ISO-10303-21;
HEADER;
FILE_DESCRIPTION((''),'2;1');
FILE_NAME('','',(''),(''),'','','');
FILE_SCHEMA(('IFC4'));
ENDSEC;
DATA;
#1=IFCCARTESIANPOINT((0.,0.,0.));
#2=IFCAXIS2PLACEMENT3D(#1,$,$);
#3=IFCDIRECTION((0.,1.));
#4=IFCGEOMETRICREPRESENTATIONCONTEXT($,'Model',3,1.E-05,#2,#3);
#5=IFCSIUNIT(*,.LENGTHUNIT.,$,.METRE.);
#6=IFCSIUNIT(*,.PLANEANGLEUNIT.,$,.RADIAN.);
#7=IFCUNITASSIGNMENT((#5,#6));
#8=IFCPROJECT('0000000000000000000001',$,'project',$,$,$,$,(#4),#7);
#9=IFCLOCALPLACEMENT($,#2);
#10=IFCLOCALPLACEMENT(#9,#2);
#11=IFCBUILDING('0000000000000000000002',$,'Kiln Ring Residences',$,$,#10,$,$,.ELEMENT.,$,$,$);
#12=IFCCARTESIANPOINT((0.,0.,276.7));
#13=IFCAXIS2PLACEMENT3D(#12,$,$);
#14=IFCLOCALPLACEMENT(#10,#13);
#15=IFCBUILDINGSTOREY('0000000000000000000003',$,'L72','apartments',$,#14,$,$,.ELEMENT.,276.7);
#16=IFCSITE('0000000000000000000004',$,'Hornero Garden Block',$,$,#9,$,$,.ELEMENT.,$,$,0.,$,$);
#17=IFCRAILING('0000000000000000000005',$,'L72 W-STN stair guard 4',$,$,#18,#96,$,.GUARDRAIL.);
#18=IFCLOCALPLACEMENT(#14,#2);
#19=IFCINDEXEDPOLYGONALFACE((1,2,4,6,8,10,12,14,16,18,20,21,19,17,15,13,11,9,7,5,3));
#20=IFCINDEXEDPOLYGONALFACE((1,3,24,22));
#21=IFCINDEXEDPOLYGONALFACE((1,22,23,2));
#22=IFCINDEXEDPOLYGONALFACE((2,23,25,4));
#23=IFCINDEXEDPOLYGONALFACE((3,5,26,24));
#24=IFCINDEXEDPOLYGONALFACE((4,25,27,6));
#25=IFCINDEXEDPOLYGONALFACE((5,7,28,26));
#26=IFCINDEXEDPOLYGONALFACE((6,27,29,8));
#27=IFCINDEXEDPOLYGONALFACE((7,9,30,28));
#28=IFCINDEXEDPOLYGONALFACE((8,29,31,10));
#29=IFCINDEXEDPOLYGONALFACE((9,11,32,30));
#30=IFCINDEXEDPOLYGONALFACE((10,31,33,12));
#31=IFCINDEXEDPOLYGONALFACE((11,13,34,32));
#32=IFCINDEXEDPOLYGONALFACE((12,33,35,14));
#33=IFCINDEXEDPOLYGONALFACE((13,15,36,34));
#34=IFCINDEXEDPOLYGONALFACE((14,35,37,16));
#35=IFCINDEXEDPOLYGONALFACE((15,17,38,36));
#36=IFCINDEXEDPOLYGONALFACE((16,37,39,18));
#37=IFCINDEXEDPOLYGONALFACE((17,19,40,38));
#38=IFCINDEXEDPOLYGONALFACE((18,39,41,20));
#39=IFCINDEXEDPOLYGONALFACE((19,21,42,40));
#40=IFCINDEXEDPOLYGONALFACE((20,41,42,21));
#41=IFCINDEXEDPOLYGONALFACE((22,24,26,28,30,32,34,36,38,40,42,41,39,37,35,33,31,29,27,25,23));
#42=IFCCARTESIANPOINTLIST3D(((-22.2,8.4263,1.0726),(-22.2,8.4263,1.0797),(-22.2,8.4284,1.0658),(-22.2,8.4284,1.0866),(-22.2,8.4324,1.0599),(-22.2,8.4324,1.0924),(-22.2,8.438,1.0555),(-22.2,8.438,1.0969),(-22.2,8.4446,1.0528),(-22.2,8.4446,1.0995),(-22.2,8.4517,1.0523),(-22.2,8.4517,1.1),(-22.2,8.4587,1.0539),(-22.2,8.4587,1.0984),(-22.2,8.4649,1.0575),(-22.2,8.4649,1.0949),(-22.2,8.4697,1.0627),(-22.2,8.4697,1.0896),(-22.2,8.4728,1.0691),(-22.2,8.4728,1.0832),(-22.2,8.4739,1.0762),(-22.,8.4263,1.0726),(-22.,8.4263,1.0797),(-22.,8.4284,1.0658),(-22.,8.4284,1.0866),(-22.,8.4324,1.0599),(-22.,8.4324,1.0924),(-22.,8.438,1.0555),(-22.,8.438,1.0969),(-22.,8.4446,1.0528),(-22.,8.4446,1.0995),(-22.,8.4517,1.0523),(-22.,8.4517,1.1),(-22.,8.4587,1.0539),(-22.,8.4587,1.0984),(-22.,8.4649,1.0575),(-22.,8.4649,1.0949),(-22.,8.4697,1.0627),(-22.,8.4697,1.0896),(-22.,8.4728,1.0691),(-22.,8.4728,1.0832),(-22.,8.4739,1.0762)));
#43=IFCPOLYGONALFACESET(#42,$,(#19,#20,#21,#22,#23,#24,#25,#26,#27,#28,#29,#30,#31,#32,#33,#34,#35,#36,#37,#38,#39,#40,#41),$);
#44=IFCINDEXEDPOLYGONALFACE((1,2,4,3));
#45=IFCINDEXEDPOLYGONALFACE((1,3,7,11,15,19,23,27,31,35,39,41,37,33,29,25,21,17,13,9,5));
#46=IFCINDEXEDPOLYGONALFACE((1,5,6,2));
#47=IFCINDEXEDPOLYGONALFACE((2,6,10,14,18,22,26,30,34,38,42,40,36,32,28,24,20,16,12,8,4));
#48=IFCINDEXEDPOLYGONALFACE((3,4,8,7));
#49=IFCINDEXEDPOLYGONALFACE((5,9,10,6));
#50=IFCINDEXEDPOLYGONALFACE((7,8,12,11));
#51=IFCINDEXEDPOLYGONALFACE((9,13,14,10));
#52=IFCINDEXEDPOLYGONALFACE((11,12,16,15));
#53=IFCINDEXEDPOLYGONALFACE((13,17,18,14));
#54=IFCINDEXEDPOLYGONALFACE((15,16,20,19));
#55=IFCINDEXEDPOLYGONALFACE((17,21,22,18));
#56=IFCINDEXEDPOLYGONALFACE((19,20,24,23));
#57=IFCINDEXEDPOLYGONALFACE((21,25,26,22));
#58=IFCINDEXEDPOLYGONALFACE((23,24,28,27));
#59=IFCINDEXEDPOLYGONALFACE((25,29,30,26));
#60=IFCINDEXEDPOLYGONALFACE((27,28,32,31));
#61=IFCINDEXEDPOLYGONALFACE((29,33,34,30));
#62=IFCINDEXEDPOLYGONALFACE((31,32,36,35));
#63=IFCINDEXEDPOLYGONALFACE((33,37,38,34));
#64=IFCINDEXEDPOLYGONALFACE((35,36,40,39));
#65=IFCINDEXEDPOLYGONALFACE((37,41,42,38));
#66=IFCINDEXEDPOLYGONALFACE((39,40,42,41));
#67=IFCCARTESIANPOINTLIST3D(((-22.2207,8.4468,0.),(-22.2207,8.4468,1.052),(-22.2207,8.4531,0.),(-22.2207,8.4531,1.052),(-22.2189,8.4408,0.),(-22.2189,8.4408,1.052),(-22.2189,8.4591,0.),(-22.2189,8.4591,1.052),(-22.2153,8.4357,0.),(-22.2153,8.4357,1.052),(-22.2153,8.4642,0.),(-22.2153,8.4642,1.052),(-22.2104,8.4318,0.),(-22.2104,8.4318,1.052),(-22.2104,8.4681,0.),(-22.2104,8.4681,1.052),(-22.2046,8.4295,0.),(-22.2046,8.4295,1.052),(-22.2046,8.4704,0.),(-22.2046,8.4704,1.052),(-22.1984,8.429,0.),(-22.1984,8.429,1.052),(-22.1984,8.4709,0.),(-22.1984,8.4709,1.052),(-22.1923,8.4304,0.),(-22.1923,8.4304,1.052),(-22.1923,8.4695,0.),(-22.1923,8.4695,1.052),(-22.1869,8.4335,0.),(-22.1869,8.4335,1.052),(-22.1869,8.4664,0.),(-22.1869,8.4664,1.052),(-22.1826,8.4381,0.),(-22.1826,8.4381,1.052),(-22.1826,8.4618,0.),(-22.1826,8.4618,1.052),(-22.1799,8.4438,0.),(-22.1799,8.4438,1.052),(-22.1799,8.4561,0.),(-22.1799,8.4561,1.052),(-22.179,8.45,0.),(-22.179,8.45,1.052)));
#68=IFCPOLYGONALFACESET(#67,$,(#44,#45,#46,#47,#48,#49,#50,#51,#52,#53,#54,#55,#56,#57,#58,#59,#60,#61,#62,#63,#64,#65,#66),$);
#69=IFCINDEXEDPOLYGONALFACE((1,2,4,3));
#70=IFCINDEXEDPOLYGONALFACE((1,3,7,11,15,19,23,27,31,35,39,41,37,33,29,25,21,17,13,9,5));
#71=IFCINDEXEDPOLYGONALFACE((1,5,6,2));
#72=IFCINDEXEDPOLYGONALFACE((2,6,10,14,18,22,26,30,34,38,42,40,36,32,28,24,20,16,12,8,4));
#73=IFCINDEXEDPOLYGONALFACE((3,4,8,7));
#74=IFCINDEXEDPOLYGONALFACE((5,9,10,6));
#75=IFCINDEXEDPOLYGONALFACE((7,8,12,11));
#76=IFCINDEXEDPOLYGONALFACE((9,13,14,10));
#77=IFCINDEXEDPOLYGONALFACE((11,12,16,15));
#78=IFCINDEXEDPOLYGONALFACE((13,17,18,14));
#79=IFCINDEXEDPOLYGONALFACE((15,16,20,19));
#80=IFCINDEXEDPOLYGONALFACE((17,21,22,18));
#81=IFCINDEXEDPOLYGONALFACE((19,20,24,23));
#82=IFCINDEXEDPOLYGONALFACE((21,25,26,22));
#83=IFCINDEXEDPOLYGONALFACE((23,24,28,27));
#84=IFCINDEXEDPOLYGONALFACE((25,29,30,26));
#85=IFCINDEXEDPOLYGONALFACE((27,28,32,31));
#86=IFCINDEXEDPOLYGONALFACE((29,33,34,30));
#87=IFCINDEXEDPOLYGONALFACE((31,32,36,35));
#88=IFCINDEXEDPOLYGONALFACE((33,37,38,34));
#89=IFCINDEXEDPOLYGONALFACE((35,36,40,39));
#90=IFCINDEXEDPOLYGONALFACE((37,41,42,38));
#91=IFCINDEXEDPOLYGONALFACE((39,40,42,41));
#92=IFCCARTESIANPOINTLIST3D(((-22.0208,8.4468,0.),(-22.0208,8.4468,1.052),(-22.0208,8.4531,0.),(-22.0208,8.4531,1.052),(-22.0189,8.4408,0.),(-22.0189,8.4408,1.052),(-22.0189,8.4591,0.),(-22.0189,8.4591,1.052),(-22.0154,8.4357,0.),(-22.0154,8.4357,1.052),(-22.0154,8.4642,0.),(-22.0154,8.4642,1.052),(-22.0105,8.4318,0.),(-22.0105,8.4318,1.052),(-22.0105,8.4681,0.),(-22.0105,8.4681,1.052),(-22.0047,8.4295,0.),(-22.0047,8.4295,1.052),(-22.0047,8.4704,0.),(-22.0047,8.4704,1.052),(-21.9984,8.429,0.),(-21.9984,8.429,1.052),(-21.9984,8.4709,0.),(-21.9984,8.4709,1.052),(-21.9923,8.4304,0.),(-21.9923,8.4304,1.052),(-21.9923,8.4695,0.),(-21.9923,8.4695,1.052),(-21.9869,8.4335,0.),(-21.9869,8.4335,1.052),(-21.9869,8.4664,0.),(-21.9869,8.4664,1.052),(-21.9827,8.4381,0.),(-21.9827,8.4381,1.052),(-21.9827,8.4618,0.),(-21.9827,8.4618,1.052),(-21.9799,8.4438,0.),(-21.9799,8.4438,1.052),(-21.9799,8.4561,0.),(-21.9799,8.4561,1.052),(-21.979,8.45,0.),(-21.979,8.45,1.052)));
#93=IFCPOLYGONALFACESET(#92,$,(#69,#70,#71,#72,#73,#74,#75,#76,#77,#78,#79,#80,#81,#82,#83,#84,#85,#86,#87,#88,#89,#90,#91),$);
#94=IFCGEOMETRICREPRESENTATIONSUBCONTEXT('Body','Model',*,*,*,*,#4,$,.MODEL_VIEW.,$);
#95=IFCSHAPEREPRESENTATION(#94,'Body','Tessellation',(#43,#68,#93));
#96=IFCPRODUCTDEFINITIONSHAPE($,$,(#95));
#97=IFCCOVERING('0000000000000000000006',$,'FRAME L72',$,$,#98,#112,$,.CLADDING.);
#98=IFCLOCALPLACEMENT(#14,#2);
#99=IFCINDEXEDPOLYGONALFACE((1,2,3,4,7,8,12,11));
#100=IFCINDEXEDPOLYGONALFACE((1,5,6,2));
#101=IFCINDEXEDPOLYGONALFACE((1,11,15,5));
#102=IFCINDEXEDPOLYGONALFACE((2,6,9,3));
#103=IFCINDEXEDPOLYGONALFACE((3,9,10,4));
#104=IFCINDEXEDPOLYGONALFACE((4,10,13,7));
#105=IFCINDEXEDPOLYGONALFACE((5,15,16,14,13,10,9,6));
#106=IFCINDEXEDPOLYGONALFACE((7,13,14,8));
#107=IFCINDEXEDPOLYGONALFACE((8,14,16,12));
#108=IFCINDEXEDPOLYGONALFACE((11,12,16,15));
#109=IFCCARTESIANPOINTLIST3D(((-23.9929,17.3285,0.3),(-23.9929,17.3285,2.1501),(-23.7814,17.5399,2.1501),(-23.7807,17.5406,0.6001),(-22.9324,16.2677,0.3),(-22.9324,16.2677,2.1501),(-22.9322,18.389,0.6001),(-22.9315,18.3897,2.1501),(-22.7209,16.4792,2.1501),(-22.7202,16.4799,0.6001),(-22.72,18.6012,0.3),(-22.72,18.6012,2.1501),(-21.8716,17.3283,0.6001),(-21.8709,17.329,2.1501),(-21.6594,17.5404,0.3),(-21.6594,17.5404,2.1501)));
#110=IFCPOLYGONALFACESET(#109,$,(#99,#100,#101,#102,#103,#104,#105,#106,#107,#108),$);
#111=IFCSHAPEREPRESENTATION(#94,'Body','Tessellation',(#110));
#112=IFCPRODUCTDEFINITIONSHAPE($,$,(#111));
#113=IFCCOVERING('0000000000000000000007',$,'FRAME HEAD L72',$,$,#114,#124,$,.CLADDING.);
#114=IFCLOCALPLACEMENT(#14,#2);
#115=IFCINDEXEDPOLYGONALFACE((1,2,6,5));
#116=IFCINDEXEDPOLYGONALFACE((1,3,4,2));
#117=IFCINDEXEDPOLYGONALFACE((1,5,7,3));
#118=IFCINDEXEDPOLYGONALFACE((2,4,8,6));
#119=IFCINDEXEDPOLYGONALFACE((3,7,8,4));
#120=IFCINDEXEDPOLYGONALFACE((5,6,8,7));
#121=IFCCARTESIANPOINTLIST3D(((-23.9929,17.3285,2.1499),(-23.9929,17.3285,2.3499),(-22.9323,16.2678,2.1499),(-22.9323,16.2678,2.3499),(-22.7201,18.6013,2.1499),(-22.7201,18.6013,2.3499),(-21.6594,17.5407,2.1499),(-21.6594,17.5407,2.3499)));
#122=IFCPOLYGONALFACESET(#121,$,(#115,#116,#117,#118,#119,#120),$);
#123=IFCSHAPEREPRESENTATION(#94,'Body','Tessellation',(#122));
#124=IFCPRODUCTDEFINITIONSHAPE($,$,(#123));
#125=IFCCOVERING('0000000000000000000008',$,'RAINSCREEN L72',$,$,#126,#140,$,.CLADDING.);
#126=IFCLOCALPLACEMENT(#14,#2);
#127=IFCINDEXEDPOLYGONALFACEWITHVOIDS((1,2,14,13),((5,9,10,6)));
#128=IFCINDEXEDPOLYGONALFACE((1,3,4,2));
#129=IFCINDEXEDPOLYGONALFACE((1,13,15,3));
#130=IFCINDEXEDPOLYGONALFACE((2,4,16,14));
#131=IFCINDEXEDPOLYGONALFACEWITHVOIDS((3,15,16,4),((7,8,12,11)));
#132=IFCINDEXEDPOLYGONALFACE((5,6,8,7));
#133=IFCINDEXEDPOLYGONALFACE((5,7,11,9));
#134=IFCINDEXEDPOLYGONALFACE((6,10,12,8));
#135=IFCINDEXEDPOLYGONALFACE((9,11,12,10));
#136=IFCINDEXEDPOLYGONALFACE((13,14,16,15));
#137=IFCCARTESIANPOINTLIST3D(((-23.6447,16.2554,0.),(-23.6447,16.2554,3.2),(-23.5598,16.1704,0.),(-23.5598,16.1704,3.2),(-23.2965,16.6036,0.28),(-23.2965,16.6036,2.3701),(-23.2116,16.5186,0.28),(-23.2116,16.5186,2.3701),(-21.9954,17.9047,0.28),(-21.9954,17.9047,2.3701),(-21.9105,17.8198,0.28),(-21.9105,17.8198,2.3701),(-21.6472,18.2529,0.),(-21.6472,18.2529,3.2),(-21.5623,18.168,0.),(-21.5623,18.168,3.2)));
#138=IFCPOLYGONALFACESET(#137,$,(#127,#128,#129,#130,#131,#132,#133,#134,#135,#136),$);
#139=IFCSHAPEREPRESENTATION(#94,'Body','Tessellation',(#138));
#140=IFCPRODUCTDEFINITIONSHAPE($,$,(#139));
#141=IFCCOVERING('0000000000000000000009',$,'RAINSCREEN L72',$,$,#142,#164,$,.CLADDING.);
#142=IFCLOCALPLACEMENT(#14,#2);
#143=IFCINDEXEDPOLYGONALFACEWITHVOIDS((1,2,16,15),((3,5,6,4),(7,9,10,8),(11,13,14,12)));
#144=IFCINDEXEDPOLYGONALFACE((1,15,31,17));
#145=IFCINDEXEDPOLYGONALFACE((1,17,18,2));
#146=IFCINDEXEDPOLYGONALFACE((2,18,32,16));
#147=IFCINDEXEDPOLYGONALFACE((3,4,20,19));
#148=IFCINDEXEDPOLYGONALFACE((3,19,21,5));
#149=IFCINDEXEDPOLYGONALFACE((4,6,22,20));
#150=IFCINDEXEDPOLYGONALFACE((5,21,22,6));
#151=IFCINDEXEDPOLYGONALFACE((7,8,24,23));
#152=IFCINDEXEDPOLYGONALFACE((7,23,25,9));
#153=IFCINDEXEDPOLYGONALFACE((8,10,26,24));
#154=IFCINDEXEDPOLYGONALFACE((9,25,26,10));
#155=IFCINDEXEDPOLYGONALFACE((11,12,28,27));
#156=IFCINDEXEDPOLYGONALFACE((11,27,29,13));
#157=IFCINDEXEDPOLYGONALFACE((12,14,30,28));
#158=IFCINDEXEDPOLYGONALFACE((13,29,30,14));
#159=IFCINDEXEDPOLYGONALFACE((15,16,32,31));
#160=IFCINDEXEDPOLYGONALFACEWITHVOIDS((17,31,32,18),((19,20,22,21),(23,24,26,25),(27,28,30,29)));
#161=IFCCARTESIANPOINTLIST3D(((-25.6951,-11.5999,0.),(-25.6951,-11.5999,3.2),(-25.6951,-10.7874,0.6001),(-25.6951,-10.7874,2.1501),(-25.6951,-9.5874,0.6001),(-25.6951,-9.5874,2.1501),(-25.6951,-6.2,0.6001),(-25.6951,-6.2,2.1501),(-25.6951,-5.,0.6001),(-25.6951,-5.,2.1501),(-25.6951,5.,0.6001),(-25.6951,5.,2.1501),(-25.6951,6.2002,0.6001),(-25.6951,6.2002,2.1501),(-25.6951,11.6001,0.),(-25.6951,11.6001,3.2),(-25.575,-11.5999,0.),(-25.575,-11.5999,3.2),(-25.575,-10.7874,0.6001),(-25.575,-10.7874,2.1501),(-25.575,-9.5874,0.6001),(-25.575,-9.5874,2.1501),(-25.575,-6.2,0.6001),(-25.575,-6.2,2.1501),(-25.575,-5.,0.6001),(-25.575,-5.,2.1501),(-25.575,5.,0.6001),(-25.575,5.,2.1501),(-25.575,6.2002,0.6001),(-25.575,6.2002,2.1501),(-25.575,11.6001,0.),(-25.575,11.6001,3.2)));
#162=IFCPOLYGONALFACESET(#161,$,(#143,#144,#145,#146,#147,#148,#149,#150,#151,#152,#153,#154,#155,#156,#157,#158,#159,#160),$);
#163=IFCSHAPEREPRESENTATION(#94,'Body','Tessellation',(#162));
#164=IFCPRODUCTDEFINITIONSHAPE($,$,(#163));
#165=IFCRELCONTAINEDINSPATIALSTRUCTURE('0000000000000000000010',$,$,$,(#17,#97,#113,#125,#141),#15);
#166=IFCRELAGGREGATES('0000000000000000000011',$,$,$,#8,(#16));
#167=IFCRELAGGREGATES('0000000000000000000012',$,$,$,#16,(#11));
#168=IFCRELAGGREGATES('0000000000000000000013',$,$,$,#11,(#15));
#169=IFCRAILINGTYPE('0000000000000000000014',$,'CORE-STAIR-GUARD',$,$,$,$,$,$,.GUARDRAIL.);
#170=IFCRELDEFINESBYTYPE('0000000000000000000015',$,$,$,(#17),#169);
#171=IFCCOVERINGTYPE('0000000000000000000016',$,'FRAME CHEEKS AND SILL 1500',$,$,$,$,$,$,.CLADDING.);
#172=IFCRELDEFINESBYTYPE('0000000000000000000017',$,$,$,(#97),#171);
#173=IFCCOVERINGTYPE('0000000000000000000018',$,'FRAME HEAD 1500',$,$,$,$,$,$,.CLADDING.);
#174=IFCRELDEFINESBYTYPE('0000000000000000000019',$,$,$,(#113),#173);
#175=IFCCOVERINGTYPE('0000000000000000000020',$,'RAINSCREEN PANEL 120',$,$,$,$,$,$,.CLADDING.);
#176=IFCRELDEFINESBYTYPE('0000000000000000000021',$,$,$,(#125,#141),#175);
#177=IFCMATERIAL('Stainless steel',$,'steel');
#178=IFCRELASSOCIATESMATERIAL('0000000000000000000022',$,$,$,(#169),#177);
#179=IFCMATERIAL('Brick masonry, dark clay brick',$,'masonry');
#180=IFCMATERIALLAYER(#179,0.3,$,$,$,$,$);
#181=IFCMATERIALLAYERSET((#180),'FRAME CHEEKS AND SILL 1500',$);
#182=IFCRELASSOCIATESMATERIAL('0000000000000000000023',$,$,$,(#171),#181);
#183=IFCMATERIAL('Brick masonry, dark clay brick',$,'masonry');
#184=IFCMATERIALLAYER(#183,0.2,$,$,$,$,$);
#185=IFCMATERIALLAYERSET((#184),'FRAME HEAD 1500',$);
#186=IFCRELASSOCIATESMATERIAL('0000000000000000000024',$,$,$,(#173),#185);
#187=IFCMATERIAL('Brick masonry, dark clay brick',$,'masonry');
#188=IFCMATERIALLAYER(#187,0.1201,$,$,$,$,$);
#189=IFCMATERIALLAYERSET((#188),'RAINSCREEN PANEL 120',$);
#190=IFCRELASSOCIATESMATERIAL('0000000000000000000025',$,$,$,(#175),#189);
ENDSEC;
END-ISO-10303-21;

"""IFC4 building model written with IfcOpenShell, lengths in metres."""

from ifc_helpers import new_model, si_unit, direction, frame, origin, origin_2d, place, context, subcontext, project, spatial, polyline, rectangle, circle, outline, extrude, material, layer, layer_set, type_object, element, save


model = new_model("IFC4")

# Units and contexts
model_context = context("Model", 3, precision=1e-05, world=origin(), true_north=direction((0.0, 1.0)))
body_context = subcontext(model_context, "Body", "Model", "MODEL_VIEW")
ifc_project = project(units=[si_unit("LENGTHUNIT", "METRE"), si_unit("PLANEANGLEUNIT", "RADIAN")], contexts=[model_context])

# Site, building, storey
site_placement = place(None, origin())
site = spatial("IfcSite", under=ifc_project, at=site_placement, Name="Hornero Garden Block", CompositionType="ELEMENT", RefElevation=0.0)
building_placement = place(site_placement, origin())
building = spatial("IfcBuilding", under=site, at=building_placement, Name="Kiln Ring Residences", CompositionType="ELEMENT")
storey_placement = place(building_placement, frame((0.0, 0.0, 276.7)))
storey = spatial("IfcBuildingStorey", under=building, at=storey_placement, Name="L72", Description="apartments", CompositionType="ELEMENT", Elevation=276.7)

# Railing
ifc_material_1 = material(Name="Stainless steel", Category="steel")
railing_type = type_object("IfcRailingType", Name="CORE-STAIR-GUARD", PredefinedType="GUARDRAIL", material=ifc_material_1)
railing_1_placement = place(storey_placement, frame((-22.2, 8.45, 0.0)))
element("IfcRailing", 1, at=railing_1_placement, inside=storey, type_object=railing_type, Name="L72 W-STN stair guard 4", PredefinedType="GUARDRAIL", context=body_context, shape_type="SweptSolid", body=[
    extrude(circle(Radius=0.0239, at=origin_2d()), frame((0.0, 0.0, 1.0762), z_axis=(1.0, 0.0, 0.0), x_axis=(0.0, 1.0, 0.0)), (0.0, 0.0, 1.0), 0.2),
    extrude(circle(Radius=0.021, at=origin_2d()), origin(), (0.0, 0.0, 1.0), 1.052),
    extrude(circle(Radius=0.021, at=origin_2d()), frame((0.2, 0.0, 0.0)), (0.0, 0.0, 1.0), 1.052),
])

# Coverings
ifc_material_2 = material(Name="Brick masonry, dark clay brick", Category="masonry")
ifc_layer_1 = layer(ifc_material_2, 0.3)
ifc_layer_set_1 = layer_set([ifc_layer_1], Name="FRAME CHEEKS AND SILL 1500")
covering_type_1 = type_object("IfcCoveringType", Name="FRAME CHEEKS AND SILL 1500", PredefinedType="CLADDING", material=ifc_layer_set_1)
covering_1_placement = place(storey_placement, frame((-22.1897, 18.0708, 0.3), z_axis=(0.0, 0.0, 1.0), x_axis=(-0.707175, -0.707039, 0.0)))
element("IfcCovering", 2, at=covering_1_placement, inside=storey, type_object=covering_type_1, Name="FRAME L72", PredefinedType="CLADDING", context=body_context, shape_type="SweptSolid", body=[
    extrude(outline(polyline([(0.0, 0.0), (1.8, 0.0), (1.8, 1.8501), (1.501, 1.8501), (1.5, 0.3), (0.3, 0.3), (0.2991, 1.8501), (0.0, 1.8501), (0.0, 0.0)])), frame((0.0, 0.75, 0.0), z_axis=(0.0, -1.0, 0.0), x_axis=(1.0, 0.0, 0.0)), (0.0, 0.0, 1.0), 1.5),
])
ifc_material_3 = material(Name="Brick masonry, dark clay brick", Category="masonry")
ifc_layer_2 = layer(ifc_material_3, 0.2)
ifc_layer_set_2 = layer_set([ifc_layer_2], Name="FRAME HEAD 1500")
covering_type_2 = type_object("IfcCoveringType", Name="FRAME HEAD 1500", PredefinedType="CLADDING", material=ifc_layer_set_2)
covering_2_placement = place(storey_placement, frame((-22.8262, 17.4346, 2.1499), z_axis=(0.0, 0.0, 1.0), x_axis=(-0.707107, -0.707107, 0.0)))
element("IfcCovering", 3, at=covering_2_placement, inside=storey, type_object=covering_type_2, Name="FRAME HEAD L72", PredefinedType="CLADDING", context=body_context, shape_type="SweptSolid", body=[
    extrude(rectangle(XDim=1.8, YDim=1.5, at=origin_2d()), origin(), (0.0, 0.0, 1.0), 0.2),
])
ifc_material_4 = material(Name="Brick masonry, dark clay brick", Category="masonry")
ifc_layer_3 = layer(ifc_material_4, 0.1201)
ifc_layer_set_3 = layer_set([ifc_layer_3], Name="RAINSCREEN PANEL 120")
covering_type_3 = type_object("IfcCoveringType", Name="RAINSCREEN PANEL 120", PredefinedType="CLADDING", material=ifc_layer_set_3)
covering_3_placement = place(storey_placement, frame((-21.6047, 18.2104, 0.0), z_axis=(0.0, 0.0, 1.0), x_axis=(-0.707107, -0.707107, 0.0)))
element("IfcCovering", 4, at=covering_3_placement, inside=storey, type_object=covering_type_3, Name="RAINSCREEN L72", PredefinedType="CLADDING", context=body_context, shape_type="SweptSolid", body=[
    extrude(outline(polyline([(0.0, 0.0), (2.825, 0.0), (2.825, 3.2), (0.0, 3.2), (0.0, 0.0)]), holes=[polyline([(0.4924, 2.3701), (0.4924, 0.28), (2.3325, 0.28), (2.3325, 2.3701), (0.4924, 2.3701)])]), frame((0.0, 0.0601, 0.0), z_axis=(0.0, -1.0, 0.0), x_axis=(1.0, 0.0, 0.0)), (0.0, 0.0, 1.0), 0.1201),
])
covering_4_placement = place(storey_placement, frame((-25.635, 11.6001, 0.0), z_axis=(0.0, 0.0, 1.0), x_axis=(0.0, -1.0, 0.0)))
element("IfcCovering", 5, at=covering_4_placement, inside=storey, type_object=covering_type_3, Name="RAINSCREEN L72", PredefinedType="CLADDING", context=body_context, shape_type="SweptSolid", body=[
    extrude(outline(polyline([(0.0, 0.0), (23.2, 0.0), (23.2, 3.2), (0.0, 3.2), (0.0, 0.0)]), holes=[polyline([(6.6001, 2.1501), (5.3999, 2.1501), (5.3999, 0.6001), (6.6001, 0.6001), (6.6001, 2.1501)]), polyline([(17.8, 0.6001), (17.8, 2.1501), (16.6001, 2.1501), (16.6001, 0.6001), (17.8, 0.6001)]), polyline([(22.3875, 0.6001), (22.3875, 2.1501), (21.1875, 2.1501), (21.1875, 0.6001), (22.3875, 0.6001)])]), frame((0.0, 0.0601, 0.0), z_axis=(0.0, -1.0, 0.0), x_axis=(1.0, 0.0, 0.0)), (0.0, 0.0, 1.0), 0.1201),
])

save(model, "model.ifc")
